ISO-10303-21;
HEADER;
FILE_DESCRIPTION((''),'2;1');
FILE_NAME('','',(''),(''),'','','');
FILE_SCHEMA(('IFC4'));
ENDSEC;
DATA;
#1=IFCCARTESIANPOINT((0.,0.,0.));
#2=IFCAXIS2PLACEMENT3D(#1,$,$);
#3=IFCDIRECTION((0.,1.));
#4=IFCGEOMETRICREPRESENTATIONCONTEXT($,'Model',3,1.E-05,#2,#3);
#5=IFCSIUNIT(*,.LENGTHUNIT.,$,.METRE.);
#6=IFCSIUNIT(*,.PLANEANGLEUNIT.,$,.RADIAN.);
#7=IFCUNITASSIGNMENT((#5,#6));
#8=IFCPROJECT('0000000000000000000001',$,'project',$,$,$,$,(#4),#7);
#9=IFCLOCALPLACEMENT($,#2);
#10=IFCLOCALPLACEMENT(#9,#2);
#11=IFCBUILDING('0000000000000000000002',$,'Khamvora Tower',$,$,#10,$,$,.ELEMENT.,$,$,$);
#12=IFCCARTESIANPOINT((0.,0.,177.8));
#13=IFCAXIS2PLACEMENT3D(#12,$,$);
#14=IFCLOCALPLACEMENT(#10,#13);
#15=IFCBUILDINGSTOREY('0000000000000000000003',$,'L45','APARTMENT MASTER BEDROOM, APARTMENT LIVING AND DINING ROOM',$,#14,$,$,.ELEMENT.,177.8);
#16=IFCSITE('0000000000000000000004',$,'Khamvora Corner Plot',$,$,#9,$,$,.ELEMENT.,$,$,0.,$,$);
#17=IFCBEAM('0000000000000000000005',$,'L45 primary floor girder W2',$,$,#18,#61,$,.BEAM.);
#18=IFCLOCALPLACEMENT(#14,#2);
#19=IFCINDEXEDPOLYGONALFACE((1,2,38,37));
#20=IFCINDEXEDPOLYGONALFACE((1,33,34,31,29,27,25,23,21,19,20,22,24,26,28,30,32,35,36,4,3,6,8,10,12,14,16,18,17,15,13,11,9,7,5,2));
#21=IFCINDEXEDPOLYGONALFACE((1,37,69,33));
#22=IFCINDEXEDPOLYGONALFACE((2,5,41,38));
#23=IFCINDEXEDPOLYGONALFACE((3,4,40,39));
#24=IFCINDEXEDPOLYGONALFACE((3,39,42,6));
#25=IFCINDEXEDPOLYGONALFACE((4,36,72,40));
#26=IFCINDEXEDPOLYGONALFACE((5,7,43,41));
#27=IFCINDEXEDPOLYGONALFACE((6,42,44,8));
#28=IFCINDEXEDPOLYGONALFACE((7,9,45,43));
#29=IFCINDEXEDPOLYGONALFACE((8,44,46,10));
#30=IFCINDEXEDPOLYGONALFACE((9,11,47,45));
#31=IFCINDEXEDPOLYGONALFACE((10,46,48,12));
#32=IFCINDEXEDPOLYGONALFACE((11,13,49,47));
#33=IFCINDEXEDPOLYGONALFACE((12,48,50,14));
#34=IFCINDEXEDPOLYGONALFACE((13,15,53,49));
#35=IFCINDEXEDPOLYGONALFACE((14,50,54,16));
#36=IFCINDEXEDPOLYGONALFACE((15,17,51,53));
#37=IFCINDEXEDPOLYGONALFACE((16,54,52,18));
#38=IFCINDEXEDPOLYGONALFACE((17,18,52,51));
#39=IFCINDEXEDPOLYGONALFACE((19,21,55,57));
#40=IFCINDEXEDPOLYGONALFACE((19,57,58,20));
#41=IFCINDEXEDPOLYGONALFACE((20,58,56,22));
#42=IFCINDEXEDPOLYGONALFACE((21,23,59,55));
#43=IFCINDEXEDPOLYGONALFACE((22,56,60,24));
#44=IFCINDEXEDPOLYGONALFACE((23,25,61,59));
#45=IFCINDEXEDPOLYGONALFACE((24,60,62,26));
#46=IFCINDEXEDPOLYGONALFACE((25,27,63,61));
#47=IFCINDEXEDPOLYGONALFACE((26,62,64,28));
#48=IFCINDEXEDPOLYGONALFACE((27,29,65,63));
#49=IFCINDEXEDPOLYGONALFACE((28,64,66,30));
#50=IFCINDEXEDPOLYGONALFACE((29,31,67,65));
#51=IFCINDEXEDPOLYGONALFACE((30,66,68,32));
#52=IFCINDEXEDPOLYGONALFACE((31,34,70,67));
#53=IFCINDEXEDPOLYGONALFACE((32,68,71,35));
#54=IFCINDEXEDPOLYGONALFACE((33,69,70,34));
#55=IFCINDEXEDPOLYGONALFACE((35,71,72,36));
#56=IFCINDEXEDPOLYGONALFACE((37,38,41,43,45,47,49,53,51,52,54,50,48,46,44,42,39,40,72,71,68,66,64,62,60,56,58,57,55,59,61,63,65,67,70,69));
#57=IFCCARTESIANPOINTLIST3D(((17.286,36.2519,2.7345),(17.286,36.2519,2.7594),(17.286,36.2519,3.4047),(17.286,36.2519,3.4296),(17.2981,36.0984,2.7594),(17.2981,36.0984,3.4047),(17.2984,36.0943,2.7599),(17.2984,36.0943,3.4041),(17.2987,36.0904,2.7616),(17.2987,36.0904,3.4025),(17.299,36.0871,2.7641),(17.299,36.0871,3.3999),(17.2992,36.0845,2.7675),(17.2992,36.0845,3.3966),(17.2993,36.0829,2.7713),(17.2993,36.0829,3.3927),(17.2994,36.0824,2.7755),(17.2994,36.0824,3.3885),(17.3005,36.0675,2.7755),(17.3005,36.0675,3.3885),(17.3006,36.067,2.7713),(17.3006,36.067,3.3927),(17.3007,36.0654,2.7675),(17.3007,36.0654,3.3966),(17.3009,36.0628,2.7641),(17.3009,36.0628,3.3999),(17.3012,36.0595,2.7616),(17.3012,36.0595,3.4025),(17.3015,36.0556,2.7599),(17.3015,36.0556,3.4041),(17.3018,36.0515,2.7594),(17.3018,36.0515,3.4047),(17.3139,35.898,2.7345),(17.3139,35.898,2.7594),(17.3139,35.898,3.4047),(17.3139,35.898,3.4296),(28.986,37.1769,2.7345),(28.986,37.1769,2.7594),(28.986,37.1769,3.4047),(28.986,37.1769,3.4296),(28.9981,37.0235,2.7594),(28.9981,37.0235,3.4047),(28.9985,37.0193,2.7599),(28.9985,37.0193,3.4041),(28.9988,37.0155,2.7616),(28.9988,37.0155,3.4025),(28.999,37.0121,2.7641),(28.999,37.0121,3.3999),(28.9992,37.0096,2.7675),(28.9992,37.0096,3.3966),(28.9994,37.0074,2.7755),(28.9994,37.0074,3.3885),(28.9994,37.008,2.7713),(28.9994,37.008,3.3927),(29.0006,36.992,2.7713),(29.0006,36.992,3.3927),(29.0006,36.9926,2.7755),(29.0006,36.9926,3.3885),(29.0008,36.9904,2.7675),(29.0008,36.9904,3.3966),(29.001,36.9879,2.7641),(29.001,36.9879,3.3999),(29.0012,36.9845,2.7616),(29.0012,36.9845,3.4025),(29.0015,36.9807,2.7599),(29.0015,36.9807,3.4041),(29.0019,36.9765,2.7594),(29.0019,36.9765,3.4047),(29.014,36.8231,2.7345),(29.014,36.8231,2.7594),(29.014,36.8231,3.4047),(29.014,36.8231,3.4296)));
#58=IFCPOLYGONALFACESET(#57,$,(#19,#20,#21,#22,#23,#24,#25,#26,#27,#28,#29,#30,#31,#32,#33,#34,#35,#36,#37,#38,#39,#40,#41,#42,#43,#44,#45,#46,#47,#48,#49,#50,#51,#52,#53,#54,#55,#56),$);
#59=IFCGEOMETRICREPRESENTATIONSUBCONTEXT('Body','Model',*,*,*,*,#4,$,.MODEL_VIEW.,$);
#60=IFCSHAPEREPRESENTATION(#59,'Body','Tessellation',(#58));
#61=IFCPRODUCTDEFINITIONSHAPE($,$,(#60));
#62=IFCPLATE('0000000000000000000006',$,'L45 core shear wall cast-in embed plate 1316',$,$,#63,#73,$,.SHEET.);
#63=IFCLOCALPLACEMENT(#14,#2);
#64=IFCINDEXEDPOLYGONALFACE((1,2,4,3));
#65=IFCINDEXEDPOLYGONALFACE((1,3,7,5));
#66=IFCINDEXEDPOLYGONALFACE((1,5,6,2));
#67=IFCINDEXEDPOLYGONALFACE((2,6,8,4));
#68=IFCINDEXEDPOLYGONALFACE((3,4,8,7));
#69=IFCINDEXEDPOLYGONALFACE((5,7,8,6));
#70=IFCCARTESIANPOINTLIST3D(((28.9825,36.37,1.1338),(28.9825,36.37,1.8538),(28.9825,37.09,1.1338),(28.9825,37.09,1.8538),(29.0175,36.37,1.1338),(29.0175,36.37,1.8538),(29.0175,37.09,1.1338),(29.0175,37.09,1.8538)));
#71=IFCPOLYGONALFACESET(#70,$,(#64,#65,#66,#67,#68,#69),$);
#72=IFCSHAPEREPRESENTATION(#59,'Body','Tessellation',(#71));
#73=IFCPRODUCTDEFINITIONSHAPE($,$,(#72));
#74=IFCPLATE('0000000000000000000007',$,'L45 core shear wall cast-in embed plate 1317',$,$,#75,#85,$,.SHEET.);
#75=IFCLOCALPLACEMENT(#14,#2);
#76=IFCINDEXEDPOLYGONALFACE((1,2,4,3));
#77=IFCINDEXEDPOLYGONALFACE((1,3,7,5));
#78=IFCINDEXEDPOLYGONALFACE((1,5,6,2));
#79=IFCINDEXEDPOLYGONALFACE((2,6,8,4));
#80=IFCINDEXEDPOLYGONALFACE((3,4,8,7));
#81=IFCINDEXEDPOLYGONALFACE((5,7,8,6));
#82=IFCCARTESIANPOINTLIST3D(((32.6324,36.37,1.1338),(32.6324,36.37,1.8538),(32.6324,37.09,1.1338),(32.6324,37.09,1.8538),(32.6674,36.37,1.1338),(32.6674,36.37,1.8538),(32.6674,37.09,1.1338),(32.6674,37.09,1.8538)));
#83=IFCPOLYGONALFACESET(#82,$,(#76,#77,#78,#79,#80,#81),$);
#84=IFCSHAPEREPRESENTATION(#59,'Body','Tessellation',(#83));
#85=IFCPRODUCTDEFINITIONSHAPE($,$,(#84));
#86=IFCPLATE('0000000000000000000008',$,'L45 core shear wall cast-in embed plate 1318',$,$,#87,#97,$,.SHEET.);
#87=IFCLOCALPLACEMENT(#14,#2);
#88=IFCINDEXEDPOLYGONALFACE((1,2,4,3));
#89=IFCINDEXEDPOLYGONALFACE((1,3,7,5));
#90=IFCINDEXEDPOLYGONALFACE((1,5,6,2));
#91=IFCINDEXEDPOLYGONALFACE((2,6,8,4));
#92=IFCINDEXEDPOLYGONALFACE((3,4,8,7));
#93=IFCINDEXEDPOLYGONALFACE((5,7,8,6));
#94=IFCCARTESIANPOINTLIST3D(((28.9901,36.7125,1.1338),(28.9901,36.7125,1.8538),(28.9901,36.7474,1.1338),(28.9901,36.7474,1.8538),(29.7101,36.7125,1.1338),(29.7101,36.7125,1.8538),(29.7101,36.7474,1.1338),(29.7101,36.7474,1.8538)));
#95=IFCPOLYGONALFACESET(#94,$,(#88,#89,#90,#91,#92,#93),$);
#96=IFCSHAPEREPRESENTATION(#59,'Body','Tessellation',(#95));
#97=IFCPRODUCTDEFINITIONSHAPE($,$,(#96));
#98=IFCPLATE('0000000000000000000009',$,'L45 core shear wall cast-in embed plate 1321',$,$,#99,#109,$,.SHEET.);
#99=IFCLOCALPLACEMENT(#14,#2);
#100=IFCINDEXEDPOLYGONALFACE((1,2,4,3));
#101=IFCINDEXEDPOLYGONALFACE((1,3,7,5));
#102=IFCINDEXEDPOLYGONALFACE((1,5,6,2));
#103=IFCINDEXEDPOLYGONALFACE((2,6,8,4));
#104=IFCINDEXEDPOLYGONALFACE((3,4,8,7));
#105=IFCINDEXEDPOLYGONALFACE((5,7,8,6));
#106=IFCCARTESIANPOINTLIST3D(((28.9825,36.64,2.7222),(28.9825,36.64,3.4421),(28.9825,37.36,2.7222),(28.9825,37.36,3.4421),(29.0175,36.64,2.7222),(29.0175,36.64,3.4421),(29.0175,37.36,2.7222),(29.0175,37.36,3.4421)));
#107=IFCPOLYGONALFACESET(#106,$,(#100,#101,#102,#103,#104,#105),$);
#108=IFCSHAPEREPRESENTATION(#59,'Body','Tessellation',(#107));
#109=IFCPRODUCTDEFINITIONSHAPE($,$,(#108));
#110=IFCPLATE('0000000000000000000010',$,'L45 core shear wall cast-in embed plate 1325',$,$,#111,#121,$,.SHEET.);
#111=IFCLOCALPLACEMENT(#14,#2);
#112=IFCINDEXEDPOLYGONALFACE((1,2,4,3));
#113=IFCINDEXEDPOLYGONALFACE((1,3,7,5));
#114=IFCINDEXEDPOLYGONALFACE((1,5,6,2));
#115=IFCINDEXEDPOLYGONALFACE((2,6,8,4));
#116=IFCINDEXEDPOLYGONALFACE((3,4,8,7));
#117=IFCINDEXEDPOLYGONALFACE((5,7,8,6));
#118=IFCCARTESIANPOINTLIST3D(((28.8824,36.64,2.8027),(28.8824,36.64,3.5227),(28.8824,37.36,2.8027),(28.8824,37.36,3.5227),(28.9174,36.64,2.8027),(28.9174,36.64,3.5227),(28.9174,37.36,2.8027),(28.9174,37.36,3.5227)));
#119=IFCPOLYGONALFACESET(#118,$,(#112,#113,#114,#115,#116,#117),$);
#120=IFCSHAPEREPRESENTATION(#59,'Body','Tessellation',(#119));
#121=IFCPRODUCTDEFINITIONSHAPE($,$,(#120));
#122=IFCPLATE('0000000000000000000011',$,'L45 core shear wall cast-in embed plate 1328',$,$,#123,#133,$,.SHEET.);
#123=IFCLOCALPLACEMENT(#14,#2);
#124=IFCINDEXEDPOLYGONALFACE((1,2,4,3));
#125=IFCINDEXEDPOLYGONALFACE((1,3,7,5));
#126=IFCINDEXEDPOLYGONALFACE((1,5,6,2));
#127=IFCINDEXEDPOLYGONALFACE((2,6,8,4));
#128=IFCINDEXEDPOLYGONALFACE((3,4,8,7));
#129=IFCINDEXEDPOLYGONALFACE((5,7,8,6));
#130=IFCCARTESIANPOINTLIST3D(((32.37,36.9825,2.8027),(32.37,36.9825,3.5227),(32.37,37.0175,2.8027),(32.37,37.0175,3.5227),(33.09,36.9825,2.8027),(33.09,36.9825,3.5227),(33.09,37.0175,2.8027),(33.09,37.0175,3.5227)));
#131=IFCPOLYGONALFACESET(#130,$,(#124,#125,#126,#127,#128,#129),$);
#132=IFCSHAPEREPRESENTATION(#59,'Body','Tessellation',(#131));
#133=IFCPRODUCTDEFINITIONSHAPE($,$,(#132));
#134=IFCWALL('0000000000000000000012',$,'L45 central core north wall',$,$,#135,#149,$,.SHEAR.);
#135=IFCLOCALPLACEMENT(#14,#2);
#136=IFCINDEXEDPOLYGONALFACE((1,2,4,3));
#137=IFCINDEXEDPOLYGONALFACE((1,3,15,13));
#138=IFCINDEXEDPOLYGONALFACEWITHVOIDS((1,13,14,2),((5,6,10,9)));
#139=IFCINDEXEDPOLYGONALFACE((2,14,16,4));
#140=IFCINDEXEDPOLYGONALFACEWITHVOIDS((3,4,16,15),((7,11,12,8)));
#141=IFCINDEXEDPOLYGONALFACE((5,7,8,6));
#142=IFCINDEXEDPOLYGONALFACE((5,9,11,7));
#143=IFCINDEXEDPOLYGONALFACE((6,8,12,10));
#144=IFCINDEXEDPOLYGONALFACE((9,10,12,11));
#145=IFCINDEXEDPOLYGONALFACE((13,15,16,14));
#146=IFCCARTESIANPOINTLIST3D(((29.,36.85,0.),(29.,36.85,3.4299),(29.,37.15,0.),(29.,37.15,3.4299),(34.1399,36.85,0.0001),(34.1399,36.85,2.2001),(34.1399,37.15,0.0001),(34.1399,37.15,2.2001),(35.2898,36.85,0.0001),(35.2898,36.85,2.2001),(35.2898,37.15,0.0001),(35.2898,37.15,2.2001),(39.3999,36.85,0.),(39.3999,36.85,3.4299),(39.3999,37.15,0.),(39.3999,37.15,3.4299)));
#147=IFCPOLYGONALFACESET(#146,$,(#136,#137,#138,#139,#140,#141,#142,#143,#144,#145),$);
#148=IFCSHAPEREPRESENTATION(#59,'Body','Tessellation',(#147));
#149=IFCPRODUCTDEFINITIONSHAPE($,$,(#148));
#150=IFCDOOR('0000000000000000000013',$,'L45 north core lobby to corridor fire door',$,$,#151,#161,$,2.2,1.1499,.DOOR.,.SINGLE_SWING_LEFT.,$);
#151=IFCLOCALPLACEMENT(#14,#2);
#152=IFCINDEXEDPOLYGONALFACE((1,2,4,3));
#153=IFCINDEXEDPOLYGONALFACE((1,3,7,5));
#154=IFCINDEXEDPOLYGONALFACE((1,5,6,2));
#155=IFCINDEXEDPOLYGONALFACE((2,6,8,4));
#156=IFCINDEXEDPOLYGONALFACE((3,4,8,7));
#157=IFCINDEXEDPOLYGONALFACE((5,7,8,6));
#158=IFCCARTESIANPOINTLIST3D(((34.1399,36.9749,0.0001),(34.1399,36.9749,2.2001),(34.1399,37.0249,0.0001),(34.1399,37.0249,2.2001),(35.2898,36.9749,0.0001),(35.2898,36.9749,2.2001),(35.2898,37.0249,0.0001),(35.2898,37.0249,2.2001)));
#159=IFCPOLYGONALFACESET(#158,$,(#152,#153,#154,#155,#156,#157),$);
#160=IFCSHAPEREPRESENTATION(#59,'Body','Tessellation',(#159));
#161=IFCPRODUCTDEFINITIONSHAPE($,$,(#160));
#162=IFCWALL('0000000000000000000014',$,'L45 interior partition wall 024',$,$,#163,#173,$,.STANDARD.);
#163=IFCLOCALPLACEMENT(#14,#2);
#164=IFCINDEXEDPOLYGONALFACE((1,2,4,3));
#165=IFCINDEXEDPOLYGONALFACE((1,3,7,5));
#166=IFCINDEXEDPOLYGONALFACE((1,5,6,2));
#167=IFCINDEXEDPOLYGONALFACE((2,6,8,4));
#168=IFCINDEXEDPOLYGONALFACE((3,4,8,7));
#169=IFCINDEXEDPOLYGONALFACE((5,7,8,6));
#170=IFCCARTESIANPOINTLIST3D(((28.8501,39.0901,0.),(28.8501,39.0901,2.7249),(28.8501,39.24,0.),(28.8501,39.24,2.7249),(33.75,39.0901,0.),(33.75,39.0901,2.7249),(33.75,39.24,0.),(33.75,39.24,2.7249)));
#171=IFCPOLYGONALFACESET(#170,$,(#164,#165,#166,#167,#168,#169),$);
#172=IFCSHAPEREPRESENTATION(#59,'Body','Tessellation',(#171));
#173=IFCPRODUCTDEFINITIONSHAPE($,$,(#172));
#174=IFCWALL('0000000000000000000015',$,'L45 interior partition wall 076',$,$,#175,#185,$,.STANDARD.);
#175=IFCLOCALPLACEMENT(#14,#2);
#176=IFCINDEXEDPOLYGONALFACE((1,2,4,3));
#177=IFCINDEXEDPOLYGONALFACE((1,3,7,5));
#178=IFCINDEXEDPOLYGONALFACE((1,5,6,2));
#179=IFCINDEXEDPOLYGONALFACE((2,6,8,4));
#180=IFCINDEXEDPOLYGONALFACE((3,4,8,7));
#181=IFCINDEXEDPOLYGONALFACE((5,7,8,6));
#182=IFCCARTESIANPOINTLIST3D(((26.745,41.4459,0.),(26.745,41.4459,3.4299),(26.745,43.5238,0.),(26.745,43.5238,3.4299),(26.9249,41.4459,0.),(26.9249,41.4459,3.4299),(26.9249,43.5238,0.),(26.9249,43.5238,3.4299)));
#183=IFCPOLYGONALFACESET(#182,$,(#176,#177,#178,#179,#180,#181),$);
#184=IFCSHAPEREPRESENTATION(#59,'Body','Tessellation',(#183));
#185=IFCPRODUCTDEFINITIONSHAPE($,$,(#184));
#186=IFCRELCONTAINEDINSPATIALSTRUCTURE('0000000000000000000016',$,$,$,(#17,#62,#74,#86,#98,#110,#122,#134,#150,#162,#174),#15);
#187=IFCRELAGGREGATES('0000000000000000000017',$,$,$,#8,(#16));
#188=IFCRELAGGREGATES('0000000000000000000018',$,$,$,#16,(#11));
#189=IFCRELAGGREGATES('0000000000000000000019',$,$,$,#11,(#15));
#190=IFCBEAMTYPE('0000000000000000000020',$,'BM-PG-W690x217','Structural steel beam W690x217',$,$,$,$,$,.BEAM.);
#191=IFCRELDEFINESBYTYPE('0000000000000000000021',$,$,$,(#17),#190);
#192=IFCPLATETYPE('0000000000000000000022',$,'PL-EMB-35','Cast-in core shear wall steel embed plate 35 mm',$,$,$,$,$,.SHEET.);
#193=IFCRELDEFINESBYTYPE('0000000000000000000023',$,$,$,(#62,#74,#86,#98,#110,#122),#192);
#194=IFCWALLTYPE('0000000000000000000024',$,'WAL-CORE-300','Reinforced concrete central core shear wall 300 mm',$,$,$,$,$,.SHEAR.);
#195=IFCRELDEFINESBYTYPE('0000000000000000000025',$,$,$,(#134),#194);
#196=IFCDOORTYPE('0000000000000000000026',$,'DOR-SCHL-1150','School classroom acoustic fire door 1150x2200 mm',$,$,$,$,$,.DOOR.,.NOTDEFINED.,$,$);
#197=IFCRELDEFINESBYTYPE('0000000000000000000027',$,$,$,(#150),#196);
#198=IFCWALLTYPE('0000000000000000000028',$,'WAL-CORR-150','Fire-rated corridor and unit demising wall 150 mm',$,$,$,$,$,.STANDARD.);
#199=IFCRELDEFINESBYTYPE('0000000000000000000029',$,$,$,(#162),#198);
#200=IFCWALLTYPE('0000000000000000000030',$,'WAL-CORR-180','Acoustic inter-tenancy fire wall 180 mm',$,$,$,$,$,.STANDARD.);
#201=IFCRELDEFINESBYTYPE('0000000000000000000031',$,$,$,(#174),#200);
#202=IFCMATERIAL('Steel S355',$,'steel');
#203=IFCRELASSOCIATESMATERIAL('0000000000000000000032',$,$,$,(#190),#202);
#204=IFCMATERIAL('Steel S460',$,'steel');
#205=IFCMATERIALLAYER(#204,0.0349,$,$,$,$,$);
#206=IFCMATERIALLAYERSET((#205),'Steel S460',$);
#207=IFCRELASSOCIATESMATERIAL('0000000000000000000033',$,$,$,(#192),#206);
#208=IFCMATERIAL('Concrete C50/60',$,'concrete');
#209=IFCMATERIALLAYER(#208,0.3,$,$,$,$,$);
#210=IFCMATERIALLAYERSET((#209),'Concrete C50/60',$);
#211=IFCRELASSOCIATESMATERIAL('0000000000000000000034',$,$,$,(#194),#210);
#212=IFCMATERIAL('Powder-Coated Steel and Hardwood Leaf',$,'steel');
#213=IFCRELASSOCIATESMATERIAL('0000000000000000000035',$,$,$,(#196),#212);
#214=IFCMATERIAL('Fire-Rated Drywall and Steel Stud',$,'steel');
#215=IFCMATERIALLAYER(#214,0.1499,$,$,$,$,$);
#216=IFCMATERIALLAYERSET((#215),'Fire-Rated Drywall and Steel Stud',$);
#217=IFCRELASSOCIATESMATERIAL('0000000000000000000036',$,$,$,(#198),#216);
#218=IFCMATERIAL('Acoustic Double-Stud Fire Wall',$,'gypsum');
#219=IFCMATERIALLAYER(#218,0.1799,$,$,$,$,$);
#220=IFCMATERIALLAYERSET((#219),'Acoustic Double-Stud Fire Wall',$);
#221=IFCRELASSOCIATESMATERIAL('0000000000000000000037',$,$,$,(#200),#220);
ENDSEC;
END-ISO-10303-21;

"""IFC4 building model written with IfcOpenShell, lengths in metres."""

from ifc_helpers import new_model, si_unit, direction, frame, frame_2d, origin, origin_2d, place, context, subcontext, project, spatial, rectangle, i_section, extrude, material, layer, layer_set, material_profile, profile_set, type_object, element, fill, save


model = new_model("IFC4")

# Units and contexts
model_context = context("Model", 3, precision=1e-05, world=origin(), true_north=direction((0.0, 1.0)))
body_context = subcontext(model_context, "Body", "Model", "MODEL_VIEW")
ifc_project = project(units=[si_unit("LENGTHUNIT", "METRE"), si_unit("PLANEANGLEUNIT", "RADIAN")], contexts=[model_context])

# Site, building, storey
site_placement = place(None, origin())
site = spatial("IfcSite", under=ifc_project, at=site_placement, Name="Khamvora Corner Plot", CompositionType="ELEMENT", RefElevation=0.0)
building_placement = place(site_placement, origin())
building = spatial("IfcBuilding", under=site, at=building_placement, Name="Khamvora Tower", CompositionType="ELEMENT")
storey_placement = place(building_placement, frame((0.0, 0.0, 177.8)))
storey = spatial("IfcBuildingStorey", under=building, at=storey_placement, Name="L45", Description="APARTMENT MASTER BEDROOM, APARTMENT LIVING AND DINING ROOM", CompositionType="ELEMENT", Elevation=177.8)

# Shared definitions
ifc_material_1 = material(Name="Steel S460", Category="steel")
ifc_material_2 = material(Name="Steel S355", Category="steel")

# Beam
ifc_material_profile_1 = material_profile(ifc_material_2, i_section(OverallWidth=0.355, OverallDepth=0.6951, WebThickness=0.0149, FlangeThickness=0.0249, FilletRadius=0.0161, at=origin_2d()), Name="W690x217")
ifc_profile_set_1 = profile_set([ifc_material_profile_1], Name="Steel S355")
beam_type_1 = type_object("IfcBeamType", Name="BM-PG-W690x217", Description="Structural steel beam W690x217", PredefinedType="BEAM", material=ifc_profile_set_1)
beam_1_placement = place(storey_placement, frame((29.0, 37.0, 3.082), z_axis=(-0.996889, -0.078818, 0.0), x_axis=(0.078818, -0.996889, 0.0)))
element("IfcBeam", 1, at=beam_1_placement, inside=storey, type_object=beam_type_1, Name="L45 primary floor girder W2", PredefinedType="BEAM", context=body_context, shape_type="SweptSolid", body=[
    extrude(i_section(OverallWidth=0.355, OverallDepth=0.6951, WebThickness=0.0149, FlangeThickness=0.0249, FilletRadius=0.0161, at=origin_2d()), origin(), (0.0, 0.0, 1.0), 11.7366),
])

# Plates
ifc_layer_1 = layer(ifc_material_1, 0.0349)
ifc_layer_set_1 = layer_set([ifc_layer_1], Name="Steel S460")
plate_type = type_object("IfcPlateType", Name="PL-EMB-35", Description="Cast-in core shear wall steel embed plate 35 mm", PredefinedType="SHEET", material=ifc_layer_set_1)
for number, where, z_axis, x_axis, name in (
    (2, (29.0, 36.73, 1.1338), (0.0, 0.0, 1.0), (1.0, 0.0, 0.0), "L45 core shear wall cast-in embed plate 1316"),
    (3, (32.6499, 36.73, 1.1338), (0.0, 0.0, 1.0), (1.0, 0.0, 0.0), "L45 core shear wall cast-in embed plate 1317"),
):
    element("IfcPlate", number, at=place(storey_placement, frame(where, z_axis=z_axis, x_axis=x_axis)), inside=storey, type_object=plate_type, Name=name, PredefinedType="SHEET", context=body_context, shape_type="SweptSolid", body=[
        extrude(rectangle(XDim=0.0349, YDim=0.72, at=origin_2d()), origin(), (0.0, 0.0, 1.0), 0.72),
    ])
plate_1_placement = place(storey_placement, frame((29.3501, 36.73, 1.1338), z_axis=(0.0, 0.0, 1.0), x_axis=(1.0, 0.0, 0.0)))
element("IfcPlate", 4, at=plate_1_placement, inside=storey, type_object=plate_type, Name="L45 core shear wall cast-in embed plate 1318", PredefinedType="SHEET", context=body_context, shape_type="SweptSolid", body=[
    extrude(rectangle(XDim=0.72, YDim=0.0349, at=origin_2d()), origin(), (0.0, 0.0, 1.0), 0.72),
])
for number, where, z_axis, x_axis, name in (
    (5, (29.0, 37.0, 2.7222), (0.0, 0.0, 1.0), (1.0, 0.0, 0.0), "L45 core shear wall cast-in embed plate 1321"),
    (6, (28.8999, 37.0, 2.8027), (0.0, 0.0, 1.0), (1.0, 0.0, 0.0), "L45 core shear wall cast-in embed plate 1325"),
):
    element("IfcPlate", number, at=place(storey_placement, frame(where, z_axis=z_axis, x_axis=x_axis)), inside=storey, type_object=plate_type, Name=name, PredefinedType="SHEET", context=body_context, shape_type="SweptSolid", body=[
        extrude(rectangle(XDim=0.0349, YDim=0.72, at=origin_2d()), origin(), (0.0, 0.0, 1.0), 0.72),
    ])
plate_2_placement = place(storey_placement, frame((32.73, 37.0, 2.8027), z_axis=(0.0, 0.0, 1.0), x_axis=(1.0, 0.0, 0.0)))
element("IfcPlate", 7, at=plate_2_placement, inside=storey, type_object=plate_type, Name="L45 core shear wall cast-in embed plate 1328", PredefinedType="SHEET", context=body_context, shape_type="SweptSolid", body=[
    extrude(rectangle(XDim=0.72, YDim=0.0349, at=origin_2d()), origin(), (0.0, 0.0, 1.0), 0.72),
])

# Wall, opening, door
ifc_material_3 = material(Name="Concrete C50/60", Category="concrete")
ifc_layer_2 = layer(ifc_material_3, 0.3)
ifc_layer_set_2 = layer_set([ifc_layer_2], Name="Concrete C50/60")
wall_type_1 = type_object("IfcWallType", Name="WAL-CORE-300", Description="Reinforced concrete central core shear wall 300 mm", PredefinedType="SHEAR", material=ifc_layer_set_2)
wall_1_placement = place(storey_placement, frame((29.0, 37.0, 0.0), z_axis=(0.0, 0.0, 1.0), x_axis=(1.0, 0.0, 0.0)))
wall_1 = element("IfcWall", 8, at=wall_1_placement, inside=storey, type_object=wall_type_1, Name="L45 central core north wall", PredefinedType="SHEAR", context=body_context, shape_type="SweptSolid", body=[
    extrude(rectangle(XDim=10.3999, YDim=0.3, at=frame_2d((5.2, 0.0))), origin(), (0.0, 0.0, 1.0), 3.4299),
])
opening_1_placement = place(wall_1_placement, frame((5.1399, 0.0, 0.0)))
opening_1 = element("IfcOpeningElement", 9, at=opening_1_placement, cuts=wall_1, PredefinedType="OPENING", context=body_context, shape_type="SweptSolid", body=[
    extrude(rectangle(XDim=1.1499, YDim=2.2, at=frame_2d((0.575, 1.1001))), frame((0.0, 0.1599, 0.0), z_axis=(0.0, -1.0, 0.0), x_axis=(1.0, 0.0, 0.0)), (0.0, 0.0, 1.0), 0.3201),
])
ifc_material_4 = material(Name="Powder-Coated Steel and Hardwood Leaf", Category="steel")
door_type_1 = type_object("IfcDoorType", Name="DOR-SCHL-1150", Description="School classroom acoustic fire door 1150x2200 mm", OperationType="NOTDEFINED", PredefinedType="DOOR", material=ifc_material_4)
door_1_placement = place(opening_1_placement, origin())
door_1 = element("IfcDoor", 10, at=door_1_placement, inside=storey, type_object=door_type_1, Name="L45 north core lobby to corridor fire door", OperationType="SINGLE_SWING_LEFT", OverallHeight=2.2, OverallWidth=1.1499, PredefinedType="DOOR", context=body_context, shape_type="SweptSolid", body=[
    extrude(rectangle(XDim=1.1499, YDim=2.2, at=frame_2d((0.575, 1.1001))), frame((0.0, 0.0249, 0.0), z_axis=(0.0, -1.0, 0.0), x_axis=(1.0, 0.0, 0.0)), (0.0, 0.0, 1.0), 0.05),
])
fill(opening_1, door_1)

# Walls
ifc_material_5 = material(Name="Fire-Rated Drywall and Steel Stud", Category="steel")
ifc_layer_3 = layer(ifc_material_5, 0.1499)
ifc_layer_set_3 = layer_set([ifc_layer_3], Name="Fire-Rated Drywall and Steel Stud")
wall_type_2 = type_object("IfcWallType", Name="WAL-CORR-150", Description="Fire-rated corridor and unit demising wall 150 mm", PredefinedType="STANDARD", material=ifc_layer_set_3)
wall_2_placement = place(storey_placement, frame((28.8501, 39.165, 0.0), z_axis=(0.0, 0.0, 1.0), x_axis=(1.0, 0.0, 0.0)))
element("IfcWall", 11, at=wall_2_placement, inside=storey, type_object=wall_type_2, Name="L45 interior partition wall 024", PredefinedType="STANDARD", context=body_context, shape_type="SweptSolid", body=[
    extrude(rectangle(XDim=4.8999, YDim=0.1499, at=frame_2d((2.45, 0.0))), origin(), (0.0, 0.0, 1.0), 2.7249),
])
ifc_material_6 = material(Name="Acoustic Double-Stud Fire Wall", Category="gypsum")
ifc_layer_4 = layer(ifc_material_6, 0.1799)
ifc_layer_set_4 = layer_set([ifc_layer_4], Name="Acoustic Double-Stud Fire Wall")
wall_type_3 = type_object("IfcWallType", Name="WAL-CORR-180", Description="Acoustic inter-tenancy fire wall 180 mm", PredefinedType="STANDARD", material=ifc_layer_set_4)
wall_3_placement = place(storey_placement, frame((26.835, 43.5239, 0.0), z_axis=(0.0, 0.0, 1.0), x_axis=(0.0, -1.0, 0.0)))
element("IfcWall", 12, at=wall_3_placement, inside=storey, type_object=wall_type_3, Name="L45 interior partition wall 076", PredefinedType="STANDARD", context=body_context, shape_type="SweptSolid", body=[
    extrude(rectangle(XDim=2.0779, YDim=0.1799, at=frame_2d((1.0391, 0.0))), origin(), (0.0, 0.0, 1.0), 3.4299),
])

save(model, "model.ifc")
